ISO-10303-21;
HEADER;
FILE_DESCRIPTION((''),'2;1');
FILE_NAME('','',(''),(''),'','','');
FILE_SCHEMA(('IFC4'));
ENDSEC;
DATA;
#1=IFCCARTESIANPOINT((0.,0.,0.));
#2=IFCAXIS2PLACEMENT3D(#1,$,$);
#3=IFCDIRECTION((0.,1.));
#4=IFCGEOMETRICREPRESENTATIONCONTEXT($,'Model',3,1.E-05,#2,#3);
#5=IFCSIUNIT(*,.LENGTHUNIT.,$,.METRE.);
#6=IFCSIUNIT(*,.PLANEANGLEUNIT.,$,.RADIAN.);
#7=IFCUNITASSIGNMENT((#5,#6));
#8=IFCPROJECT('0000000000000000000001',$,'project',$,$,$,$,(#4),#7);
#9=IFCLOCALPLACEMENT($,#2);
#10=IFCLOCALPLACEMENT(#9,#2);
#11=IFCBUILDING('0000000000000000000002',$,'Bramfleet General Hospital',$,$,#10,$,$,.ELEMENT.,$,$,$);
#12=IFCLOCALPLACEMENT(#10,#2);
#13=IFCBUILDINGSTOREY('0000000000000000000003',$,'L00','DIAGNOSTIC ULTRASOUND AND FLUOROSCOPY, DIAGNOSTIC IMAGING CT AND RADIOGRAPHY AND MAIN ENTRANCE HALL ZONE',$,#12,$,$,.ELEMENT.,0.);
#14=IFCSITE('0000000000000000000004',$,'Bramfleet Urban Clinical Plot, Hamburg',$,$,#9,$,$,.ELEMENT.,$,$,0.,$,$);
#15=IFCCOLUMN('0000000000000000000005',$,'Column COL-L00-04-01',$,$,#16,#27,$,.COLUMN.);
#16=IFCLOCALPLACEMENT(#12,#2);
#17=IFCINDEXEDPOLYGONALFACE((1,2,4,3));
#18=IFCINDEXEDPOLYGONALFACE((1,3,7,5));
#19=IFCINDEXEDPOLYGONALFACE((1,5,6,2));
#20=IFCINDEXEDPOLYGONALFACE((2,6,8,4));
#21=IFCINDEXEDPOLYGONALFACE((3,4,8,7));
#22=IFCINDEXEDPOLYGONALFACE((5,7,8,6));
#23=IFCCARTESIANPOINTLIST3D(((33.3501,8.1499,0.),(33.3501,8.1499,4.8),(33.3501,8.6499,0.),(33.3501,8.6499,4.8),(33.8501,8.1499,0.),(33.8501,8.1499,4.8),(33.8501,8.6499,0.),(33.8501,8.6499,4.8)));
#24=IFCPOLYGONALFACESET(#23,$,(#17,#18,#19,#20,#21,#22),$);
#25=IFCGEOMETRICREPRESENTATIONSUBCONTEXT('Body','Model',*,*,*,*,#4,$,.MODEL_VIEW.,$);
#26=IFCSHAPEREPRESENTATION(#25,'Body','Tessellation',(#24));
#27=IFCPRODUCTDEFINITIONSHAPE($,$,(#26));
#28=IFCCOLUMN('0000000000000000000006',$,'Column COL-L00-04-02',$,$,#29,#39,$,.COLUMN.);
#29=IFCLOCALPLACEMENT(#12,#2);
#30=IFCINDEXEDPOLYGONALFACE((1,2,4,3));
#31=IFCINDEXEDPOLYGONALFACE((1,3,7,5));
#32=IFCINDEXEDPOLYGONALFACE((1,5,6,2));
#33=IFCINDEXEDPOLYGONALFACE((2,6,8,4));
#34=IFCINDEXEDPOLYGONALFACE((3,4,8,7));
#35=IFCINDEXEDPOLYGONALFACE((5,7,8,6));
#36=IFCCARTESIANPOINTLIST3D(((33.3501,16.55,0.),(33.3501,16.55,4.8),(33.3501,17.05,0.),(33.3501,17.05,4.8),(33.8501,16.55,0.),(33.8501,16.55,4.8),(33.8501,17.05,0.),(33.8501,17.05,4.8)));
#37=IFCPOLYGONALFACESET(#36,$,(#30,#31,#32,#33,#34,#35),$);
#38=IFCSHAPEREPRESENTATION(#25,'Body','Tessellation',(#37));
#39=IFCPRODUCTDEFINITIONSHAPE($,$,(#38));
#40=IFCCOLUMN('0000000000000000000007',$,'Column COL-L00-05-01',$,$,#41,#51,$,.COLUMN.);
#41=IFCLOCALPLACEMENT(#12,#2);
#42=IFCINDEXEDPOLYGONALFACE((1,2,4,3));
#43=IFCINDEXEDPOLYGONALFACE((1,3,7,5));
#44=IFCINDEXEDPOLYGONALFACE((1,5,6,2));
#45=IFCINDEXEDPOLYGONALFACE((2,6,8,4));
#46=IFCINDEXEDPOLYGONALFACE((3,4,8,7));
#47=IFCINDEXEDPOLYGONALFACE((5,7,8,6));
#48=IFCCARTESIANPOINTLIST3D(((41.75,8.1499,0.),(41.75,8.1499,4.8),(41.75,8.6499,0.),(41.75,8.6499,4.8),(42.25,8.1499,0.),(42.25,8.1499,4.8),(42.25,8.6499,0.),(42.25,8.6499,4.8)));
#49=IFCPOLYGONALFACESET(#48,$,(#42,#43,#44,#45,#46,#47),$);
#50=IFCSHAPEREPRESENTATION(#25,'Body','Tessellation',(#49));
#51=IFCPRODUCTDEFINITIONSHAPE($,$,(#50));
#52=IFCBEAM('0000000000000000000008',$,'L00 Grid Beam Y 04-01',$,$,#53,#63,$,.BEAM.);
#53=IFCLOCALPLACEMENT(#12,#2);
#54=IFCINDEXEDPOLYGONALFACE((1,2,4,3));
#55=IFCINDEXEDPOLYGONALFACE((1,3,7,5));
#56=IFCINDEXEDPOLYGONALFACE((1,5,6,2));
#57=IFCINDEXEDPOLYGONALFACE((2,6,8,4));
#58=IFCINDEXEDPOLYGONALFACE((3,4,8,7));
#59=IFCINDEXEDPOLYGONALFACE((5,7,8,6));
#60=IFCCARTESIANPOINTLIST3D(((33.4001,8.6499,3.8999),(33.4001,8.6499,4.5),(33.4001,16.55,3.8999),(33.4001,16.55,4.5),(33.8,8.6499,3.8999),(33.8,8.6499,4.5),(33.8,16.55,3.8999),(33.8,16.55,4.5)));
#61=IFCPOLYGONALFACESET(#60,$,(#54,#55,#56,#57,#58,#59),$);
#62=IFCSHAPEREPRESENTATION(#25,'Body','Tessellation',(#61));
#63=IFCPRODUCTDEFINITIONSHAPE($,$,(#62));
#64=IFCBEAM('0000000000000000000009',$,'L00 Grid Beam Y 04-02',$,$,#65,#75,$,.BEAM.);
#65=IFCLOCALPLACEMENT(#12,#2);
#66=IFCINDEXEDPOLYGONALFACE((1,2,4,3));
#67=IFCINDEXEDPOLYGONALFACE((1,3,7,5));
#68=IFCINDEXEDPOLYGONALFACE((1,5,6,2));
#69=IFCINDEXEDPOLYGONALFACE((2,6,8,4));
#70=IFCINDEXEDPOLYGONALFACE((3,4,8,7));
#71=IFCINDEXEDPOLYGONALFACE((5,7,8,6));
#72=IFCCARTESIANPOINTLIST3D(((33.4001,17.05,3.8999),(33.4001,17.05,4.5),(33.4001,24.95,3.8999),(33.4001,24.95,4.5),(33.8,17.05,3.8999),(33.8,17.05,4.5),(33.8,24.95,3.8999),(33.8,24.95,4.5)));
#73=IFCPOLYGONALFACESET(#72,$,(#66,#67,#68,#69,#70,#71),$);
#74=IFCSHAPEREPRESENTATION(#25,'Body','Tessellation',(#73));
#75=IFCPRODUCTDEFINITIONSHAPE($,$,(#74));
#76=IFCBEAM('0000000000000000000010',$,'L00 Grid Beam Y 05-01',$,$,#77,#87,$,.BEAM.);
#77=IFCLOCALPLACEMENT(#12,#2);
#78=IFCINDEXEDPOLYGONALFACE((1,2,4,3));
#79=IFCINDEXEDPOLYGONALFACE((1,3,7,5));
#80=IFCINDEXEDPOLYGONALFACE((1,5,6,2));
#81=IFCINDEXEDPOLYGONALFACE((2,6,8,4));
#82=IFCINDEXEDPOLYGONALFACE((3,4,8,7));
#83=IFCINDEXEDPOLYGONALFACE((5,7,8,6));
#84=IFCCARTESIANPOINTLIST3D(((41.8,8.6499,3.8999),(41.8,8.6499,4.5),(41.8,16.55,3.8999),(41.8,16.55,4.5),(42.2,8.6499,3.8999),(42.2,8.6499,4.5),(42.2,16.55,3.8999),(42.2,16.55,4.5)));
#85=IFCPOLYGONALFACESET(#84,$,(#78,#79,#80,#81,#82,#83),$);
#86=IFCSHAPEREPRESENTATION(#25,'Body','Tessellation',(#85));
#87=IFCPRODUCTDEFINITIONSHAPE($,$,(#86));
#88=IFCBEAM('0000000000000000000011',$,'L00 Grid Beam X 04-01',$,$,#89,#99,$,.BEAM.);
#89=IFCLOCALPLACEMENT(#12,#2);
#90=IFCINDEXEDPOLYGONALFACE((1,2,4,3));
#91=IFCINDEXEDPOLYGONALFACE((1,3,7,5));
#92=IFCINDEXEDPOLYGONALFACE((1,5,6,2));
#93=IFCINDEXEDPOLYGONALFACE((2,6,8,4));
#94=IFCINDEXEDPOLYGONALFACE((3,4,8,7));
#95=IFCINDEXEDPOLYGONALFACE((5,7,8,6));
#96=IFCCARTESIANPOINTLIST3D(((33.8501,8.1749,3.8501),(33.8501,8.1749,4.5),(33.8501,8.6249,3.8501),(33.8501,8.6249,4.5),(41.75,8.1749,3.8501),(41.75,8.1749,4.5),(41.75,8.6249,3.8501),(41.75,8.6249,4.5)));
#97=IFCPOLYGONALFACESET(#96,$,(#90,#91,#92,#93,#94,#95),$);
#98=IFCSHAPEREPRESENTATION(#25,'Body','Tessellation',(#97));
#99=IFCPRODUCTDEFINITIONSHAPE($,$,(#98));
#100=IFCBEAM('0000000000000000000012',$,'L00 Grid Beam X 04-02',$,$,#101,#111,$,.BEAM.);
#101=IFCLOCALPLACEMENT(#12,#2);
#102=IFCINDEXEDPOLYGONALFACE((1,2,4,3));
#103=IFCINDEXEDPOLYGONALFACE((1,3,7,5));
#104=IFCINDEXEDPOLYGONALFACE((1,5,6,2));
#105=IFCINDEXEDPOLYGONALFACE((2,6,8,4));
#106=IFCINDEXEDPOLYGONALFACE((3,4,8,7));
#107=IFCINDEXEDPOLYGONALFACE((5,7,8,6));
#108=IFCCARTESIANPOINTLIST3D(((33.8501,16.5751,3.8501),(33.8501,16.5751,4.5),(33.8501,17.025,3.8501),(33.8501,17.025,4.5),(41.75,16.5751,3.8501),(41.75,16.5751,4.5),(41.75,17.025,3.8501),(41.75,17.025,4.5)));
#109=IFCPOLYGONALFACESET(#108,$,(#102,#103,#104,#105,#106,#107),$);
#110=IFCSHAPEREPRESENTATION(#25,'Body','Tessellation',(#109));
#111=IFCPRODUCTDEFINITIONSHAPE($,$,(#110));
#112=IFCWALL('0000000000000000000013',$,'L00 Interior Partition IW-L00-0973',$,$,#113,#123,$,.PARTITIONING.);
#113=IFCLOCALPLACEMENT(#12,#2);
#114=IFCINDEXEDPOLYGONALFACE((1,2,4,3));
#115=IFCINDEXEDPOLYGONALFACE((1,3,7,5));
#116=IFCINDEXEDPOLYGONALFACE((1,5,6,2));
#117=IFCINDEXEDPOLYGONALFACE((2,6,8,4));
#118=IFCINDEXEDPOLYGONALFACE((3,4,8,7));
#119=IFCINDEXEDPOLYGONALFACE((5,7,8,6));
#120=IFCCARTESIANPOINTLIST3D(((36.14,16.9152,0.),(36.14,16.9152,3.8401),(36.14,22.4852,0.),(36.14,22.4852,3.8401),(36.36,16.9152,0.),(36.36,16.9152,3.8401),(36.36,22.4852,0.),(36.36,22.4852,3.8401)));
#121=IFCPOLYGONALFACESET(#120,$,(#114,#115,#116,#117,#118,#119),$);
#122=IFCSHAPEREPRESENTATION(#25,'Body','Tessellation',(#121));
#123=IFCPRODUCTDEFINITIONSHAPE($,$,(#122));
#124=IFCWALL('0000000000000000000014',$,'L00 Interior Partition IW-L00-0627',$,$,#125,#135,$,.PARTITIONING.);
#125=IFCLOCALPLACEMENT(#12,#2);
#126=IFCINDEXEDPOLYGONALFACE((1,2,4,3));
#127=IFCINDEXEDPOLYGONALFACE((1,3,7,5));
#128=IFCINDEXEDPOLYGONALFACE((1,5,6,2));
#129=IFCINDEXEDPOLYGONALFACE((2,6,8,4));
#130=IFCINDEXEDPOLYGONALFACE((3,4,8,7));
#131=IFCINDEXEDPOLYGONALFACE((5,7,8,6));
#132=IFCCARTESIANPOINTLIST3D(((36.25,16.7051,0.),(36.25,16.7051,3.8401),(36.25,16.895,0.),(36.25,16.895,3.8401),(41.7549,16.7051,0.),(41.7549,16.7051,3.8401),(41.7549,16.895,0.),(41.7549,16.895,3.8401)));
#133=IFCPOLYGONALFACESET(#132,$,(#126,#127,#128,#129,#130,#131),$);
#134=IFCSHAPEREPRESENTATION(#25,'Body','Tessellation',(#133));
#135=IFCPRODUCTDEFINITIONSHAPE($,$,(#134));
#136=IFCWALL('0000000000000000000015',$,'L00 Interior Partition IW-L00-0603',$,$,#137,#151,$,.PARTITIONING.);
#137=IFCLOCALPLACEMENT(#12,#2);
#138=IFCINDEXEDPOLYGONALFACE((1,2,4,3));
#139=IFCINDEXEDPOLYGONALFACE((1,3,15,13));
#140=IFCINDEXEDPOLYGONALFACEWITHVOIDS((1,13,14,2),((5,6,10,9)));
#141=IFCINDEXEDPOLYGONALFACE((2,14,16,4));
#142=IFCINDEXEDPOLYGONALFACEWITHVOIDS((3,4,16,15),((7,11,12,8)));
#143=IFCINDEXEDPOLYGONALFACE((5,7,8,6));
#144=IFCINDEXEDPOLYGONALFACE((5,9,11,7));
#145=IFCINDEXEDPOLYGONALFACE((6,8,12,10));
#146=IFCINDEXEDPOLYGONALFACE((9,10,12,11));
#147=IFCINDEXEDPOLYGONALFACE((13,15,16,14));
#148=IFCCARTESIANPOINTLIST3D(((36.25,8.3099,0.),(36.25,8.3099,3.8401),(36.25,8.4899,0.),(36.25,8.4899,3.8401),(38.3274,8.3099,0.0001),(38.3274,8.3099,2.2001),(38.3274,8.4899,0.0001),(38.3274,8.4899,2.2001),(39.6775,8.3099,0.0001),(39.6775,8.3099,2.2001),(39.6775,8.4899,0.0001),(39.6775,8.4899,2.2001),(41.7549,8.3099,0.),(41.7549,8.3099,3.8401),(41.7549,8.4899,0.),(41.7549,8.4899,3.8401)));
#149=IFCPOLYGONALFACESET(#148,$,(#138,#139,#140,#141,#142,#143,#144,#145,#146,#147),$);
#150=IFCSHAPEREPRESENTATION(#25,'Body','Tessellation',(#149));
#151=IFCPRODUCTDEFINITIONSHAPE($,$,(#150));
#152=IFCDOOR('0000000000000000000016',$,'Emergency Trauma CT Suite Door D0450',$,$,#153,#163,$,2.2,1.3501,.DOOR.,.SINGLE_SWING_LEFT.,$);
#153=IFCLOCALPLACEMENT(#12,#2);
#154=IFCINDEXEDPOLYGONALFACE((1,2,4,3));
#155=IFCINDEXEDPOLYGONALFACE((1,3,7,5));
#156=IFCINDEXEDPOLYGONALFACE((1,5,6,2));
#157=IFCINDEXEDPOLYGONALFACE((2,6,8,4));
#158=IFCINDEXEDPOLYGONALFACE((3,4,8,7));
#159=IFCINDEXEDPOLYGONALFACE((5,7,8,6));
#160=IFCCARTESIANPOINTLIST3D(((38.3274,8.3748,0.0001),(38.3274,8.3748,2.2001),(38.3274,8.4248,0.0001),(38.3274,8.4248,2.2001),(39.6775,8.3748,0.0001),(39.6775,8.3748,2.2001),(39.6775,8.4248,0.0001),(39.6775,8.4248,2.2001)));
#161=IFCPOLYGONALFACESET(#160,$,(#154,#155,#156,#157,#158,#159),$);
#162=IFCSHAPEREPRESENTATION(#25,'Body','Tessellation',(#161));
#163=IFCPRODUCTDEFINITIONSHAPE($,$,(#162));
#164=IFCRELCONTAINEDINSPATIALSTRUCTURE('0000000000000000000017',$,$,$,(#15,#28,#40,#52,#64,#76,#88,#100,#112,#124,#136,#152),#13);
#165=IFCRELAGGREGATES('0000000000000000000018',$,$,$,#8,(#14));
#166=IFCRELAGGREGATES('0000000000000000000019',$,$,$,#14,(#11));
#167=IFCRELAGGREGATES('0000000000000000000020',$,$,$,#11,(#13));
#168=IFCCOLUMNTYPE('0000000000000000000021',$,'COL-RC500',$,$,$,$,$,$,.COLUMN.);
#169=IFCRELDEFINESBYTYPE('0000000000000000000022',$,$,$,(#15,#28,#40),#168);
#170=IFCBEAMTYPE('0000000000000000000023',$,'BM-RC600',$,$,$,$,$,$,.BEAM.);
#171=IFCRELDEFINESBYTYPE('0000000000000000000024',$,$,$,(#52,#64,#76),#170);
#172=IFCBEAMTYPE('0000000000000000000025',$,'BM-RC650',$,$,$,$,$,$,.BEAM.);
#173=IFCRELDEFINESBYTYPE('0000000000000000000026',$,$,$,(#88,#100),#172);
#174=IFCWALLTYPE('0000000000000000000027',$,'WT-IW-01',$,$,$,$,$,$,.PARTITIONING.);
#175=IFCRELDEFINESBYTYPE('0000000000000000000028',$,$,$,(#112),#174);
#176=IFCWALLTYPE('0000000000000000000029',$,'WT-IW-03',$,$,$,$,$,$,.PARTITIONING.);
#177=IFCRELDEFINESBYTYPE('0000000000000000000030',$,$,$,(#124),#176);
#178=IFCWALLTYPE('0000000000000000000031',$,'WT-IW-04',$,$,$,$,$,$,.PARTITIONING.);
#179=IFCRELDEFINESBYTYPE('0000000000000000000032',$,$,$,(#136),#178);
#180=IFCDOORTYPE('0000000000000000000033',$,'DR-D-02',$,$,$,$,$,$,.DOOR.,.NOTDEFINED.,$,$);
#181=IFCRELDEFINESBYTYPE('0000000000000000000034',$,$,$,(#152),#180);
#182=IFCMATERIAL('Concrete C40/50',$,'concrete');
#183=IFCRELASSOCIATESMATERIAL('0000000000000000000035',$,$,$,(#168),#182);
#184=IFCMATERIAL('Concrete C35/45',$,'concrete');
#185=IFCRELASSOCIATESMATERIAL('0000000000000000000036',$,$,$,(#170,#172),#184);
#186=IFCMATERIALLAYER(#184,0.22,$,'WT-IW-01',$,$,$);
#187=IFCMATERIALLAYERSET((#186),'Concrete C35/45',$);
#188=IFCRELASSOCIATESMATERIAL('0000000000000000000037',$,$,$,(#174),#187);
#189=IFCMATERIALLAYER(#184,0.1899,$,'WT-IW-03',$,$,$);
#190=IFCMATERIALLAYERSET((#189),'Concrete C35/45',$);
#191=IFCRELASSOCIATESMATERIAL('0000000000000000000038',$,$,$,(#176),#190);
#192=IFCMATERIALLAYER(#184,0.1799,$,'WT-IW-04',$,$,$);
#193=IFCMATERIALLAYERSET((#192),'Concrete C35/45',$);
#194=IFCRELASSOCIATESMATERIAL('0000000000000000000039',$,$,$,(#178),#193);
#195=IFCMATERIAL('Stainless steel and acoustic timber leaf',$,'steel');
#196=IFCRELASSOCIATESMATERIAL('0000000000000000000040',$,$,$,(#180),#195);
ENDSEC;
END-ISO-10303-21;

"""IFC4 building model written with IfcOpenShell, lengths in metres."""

from ifc_helpers import new_model, si_unit, direction, frame, frame_2d, origin, origin_2d, place, context, subcontext, project, spatial, rectangle, extrude, material, layer, layer_set, material_profile, profile_set, type_object, element, fill, save


model = new_model("IFC4")

# Units and contexts
model_context = context("Model", 3, precision=1e-05, world=origin(), true_north=direction((0.0, 1.0)))
body_context = subcontext(model_context, "Body", "Model", "MODEL_VIEW")
ifc_project = project(units=[si_unit("LENGTHUNIT", "METRE"), si_unit("PLANEANGLEUNIT", "RADIAN")], contexts=[model_context])

# Site, building, storey
site_placement = place(None, origin())
site = spatial("IfcSite", under=ifc_project, at=site_placement, Name="Bramfleet Urban Clinical Plot, Hamburg", CompositionType="ELEMENT", RefElevation=0.0)
building_placement = place(site_placement, origin())
building = spatial("IfcBuilding", under=site, at=building_placement, Name="Bramfleet General Hospital", CompositionType="ELEMENT")
storey_placement = place(building_placement, origin())
storey = spatial("IfcBuildingStorey", under=building, at=storey_placement, Name="L00", Description="DIAGNOSTIC ULTRASOUND AND FLUOROSCOPY, DIAGNOSTIC IMAGING CT AND RADIOGRAPHY AND MAIN ENTRANCE HALL ZONE", CompositionType="ELEMENT", Elevation=0.0)

# Columns
ifc_material_1 = material(Name="Concrete C40/50", Category="concrete")
ifc_material_profile_1 = material_profile(ifc_material_1, rectangle(XDim=0.5, YDim=0.5, at=origin_2d()), Name="RC COL 500x500")
ifc_profile_set_1 = profile_set([ifc_material_profile_1], Name="Concrete C40/50")
column_type = type_object("IfcColumnType", Name="COL-RC500", PredefinedType="COLUMN", material=ifc_profile_set_1)
for number, where, z_axis, x_axis, name in (
    (1, (33.6001, 8.3999, 0.0), (0.0, 0.0, 1.0), (1.0, 0.0, 0.0), "Column COL-L00-04-01"),
    (2, (33.6001, 16.8, 0.0), (0.0, 0.0, 1.0), (1.0, 0.0, 0.0), "Column COL-L00-04-02"),
    (3, (42.0, 8.3999, 0.0), (0.0, 0.0, 1.0), (1.0, 0.0, 0.0), "Column COL-L00-05-01"),
):
    element("IfcColumn", number, at=place(storey_placement, frame(where, z_axis=z_axis, x_axis=x_axis)), inside=storey, type_object=column_type, Name=name, PredefinedType="COLUMN", context=body_context, shape_type="SweptSolid", body=[
        extrude(rectangle(XDim=0.5, YDim=0.5, at=origin_2d()), origin(), (0.0, 0.0, 1.0), 4.8),
    ])

# Beams
ifc_material_2 = material(Name="Concrete C35/45", Category="concrete")
ifc_material_profile_2 = material_profile(ifc_material_2, rectangle(XDim=0.3999, YDim=0.6001, at=origin_2d()), Name="RC BM 600x400")
ifc_profile_set_2 = profile_set([ifc_material_profile_2], Name="Concrete C35/45")
beam_type_1 = type_object("IfcBeamType", Name="BM-RC600", PredefinedType="BEAM", material=ifc_profile_set_2)
beam_1_placement = place(storey_placement, frame((33.6001, 8.6499, 4.2), z_axis=(0.0, 1.0, 0.0), x_axis=(-1.0, 0.0, 0.0)))
element("IfcBeam", 4, at=beam_1_placement, inside=storey, type_object=beam_type_1, Name="L00 Grid Beam Y 04-01", PredefinedType="BEAM", context=body_context, shape_type="SweptSolid", body=[
    extrude(rectangle(XDim=0.3999, YDim=0.6001, at=origin_2d()), origin(), (0.0, 0.0, 1.0), 7.9001),
])
beam_2_placement = place(storey_placement, frame((33.6001, 17.05, 4.2), z_axis=(0.0, 1.0, 0.0), x_axis=(-1.0, 0.0, 0.0)))
element("IfcBeam", 5, at=beam_2_placement, inside=storey, type_object=beam_type_1, Name="L00 Grid Beam Y 04-02", PredefinedType="BEAM", context=body_context, shape_type="SweptSolid", body=[
    extrude(rectangle(XDim=0.3999, YDim=0.6001, at=origin_2d()), origin(), (0.0, 0.0, 1.0), 7.8999),
])
beam_3_placement = place(storey_placement, frame((42.0, 8.6499, 4.2), z_axis=(0.0, 1.0, 0.0), x_axis=(-1.0, 0.0, 0.0)))
element("IfcBeam", 6, at=beam_3_placement, inside=storey, type_object=beam_type_1, Name="L00 Grid Beam Y 05-01", PredefinedType="BEAM", context=body_context, shape_type="SweptSolid", body=[
    extrude(rectangle(XDim=0.3999, YDim=0.6001, at=origin_2d()), origin(), (0.0, 0.0, 1.0), 7.9001),
])
ifc_material_profile_3 = material_profile(ifc_material_2, rectangle(XDim=0.45, YDim=0.6499, at=origin_2d()), Name="RC BM 650x450")
ifc_profile_set_3 = profile_set([ifc_material_profile_3], Name="Concrete C35/45")
beam_type_2 = type_object("IfcBeamType", Name="BM-RC650", PredefinedType="BEAM", material=ifc_profile_set_3)
for number, where, z_axis, x_axis, name in (
    (7, (33.8501, 8.3999, 4.175), (1.0, 0.0, 0.0), (0.0, 1.0, 0.0), "L00 Grid Beam X 04-01"),
    (8, (33.8501, 16.8, 4.175), (1.0, 0.0, 0.0), (0.0, 1.0, 0.0), "L00 Grid Beam X 04-02"),
):
    element("IfcBeam", number, at=place(storey_placement, frame(where, z_axis=z_axis, x_axis=x_axis)), inside=storey, type_object=beam_type_2, Name=name, PredefinedType="BEAM", context=body_context, shape_type="SweptSolid", body=[
        extrude(rectangle(XDim=0.45, YDim=0.6499, at=origin_2d()), origin(), (0.0, 0.0, 1.0), 7.8999),
    ])

# Walls
ifc_layer_1 = layer(ifc_material_2, 0.22, Name="WT-IW-01")
ifc_layer_set_1 = layer_set([ifc_layer_1], Name="Concrete C35/45")
wall_type_1 = type_object("IfcWallType", Name="WT-IW-01", PredefinedType="PARTITIONING", material=ifc_layer_set_1)
wall_1_placement = place(storey_placement, frame((36.25, 16.915, 0.0), z_axis=(0.0, 0.0, 1.0), x_axis=(0.0, 1.0, 0.0)))
element("IfcWall", 9, at=wall_1_placement, inside=storey, type_object=wall_type_1, Name="L00 Interior Partition IW-L00-0973", PredefinedType="PARTITIONING", context=body_context, shape_type="SweptSolid", body=[
    extrude(rectangle(XDim=5.5701, YDim=0.22, at=frame_2d((2.7852, 0.0))), origin(), (0.0, 0.0, 1.0), 3.8401),
])
ifc_layer_2 = layer(ifc_material_2, 0.1899, Name="WT-IW-03")
ifc_layer_set_2 = layer_set([ifc_layer_2], Name="Concrete C35/45")
wall_type_2 = type_object("IfcWallType", Name="WT-IW-03", PredefinedType="PARTITIONING", material=ifc_layer_set_2)
wall_2_placement = place(storey_placement, frame((36.25, 16.8, 0.0), z_axis=(0.0, 0.0, 1.0), x_axis=(1.0, 0.0, 0.0)))
element("IfcWall", 10, at=wall_2_placement, inside=storey, type_object=wall_type_2, Name="L00 Interior Partition IW-L00-0627", PredefinedType="PARTITIONING", context=body_context, shape_type="SweptSolid", body=[
    extrude(rectangle(XDim=5.5049, YDim=0.1899, at=frame_2d((2.7524, 0.0))), origin(), (0.0, 0.0, 1.0), 3.8401),
])

# Wall, opening, door
ifc_layer_3 = layer(ifc_material_2, 0.1799, Name="WT-IW-04")
ifc_layer_set_3 = layer_set([ifc_layer_3], Name="Concrete C35/45")
wall_type_3 = type_object("IfcWallType", Name="WT-IW-04", PredefinedType="PARTITIONING", material=ifc_layer_set_3)
wall_3_placement = place(storey_placement, frame((36.25, 8.3999, 0.0), z_axis=(0.0, 0.0, 1.0), x_axis=(1.0, 0.0, 0.0)))
wall_3 = element("IfcWall", 11, at=wall_3_placement, inside=storey, type_object=wall_type_3, Name="L00 Interior Partition IW-L00-0603", PredefinedType="PARTITIONING", context=body_context, shape_type="SweptSolid", body=[
    extrude(rectangle(XDim=5.5049, YDim=0.1799, at=frame_2d((2.7524, 0.0))), origin(), (0.0, 0.0, 1.0), 3.8401),
])
opening_1_placement = place(wall_3_placement, frame((2.0774, 0.0, 0.0)))
opening_1 = element("IfcOpeningElement", 12, at=opening_1_placement, cuts=wall_3, PredefinedType="OPENING", context=body_context, shape_type="SweptSolid", body=[
    extrude(rectangle(XDim=1.3501, YDim=2.2, at=frame_2d((0.675, 1.1001))), frame((0.0, 0.0999, 0.0), z_axis=(0.0, -1.0, 0.0), x_axis=(1.0, 0.0, 0.0)), (0.0, 0.0, 1.0), 0.2),
])
ifc_material_3 = material(Name="Stainless steel and acoustic timber leaf", Category="steel")
door_type_1 = type_object("IfcDoorType", Name="DR-D-02", OperationType="NOTDEFINED", PredefinedType="DOOR", material=ifc_material_3)
door_1_placement = place(opening_1_placement, origin())
door_1 = element("IfcDoor", 13, at=door_1_placement, inside=storey, type_object=door_type_1, Name="Emergency Trauma CT Suite Door D0450", OperationType="SINGLE_SWING_LEFT", OverallHeight=2.2, OverallWidth=1.3501, PredefinedType="DOOR", context=body_context, shape_type="SweptSolid", body=[
    extrude(rectangle(XDim=1.3501, YDim=2.2, at=frame_2d((0.675, 1.1001))), frame((0.0, 0.0249, 0.0), z_axis=(0.0, -1.0, 0.0), x_axis=(1.0, 0.0, 0.0)), (0.0, 0.0, 1.0), 0.05),
])
fill(opening_1, door_1)

save(model, "model.ifc")
